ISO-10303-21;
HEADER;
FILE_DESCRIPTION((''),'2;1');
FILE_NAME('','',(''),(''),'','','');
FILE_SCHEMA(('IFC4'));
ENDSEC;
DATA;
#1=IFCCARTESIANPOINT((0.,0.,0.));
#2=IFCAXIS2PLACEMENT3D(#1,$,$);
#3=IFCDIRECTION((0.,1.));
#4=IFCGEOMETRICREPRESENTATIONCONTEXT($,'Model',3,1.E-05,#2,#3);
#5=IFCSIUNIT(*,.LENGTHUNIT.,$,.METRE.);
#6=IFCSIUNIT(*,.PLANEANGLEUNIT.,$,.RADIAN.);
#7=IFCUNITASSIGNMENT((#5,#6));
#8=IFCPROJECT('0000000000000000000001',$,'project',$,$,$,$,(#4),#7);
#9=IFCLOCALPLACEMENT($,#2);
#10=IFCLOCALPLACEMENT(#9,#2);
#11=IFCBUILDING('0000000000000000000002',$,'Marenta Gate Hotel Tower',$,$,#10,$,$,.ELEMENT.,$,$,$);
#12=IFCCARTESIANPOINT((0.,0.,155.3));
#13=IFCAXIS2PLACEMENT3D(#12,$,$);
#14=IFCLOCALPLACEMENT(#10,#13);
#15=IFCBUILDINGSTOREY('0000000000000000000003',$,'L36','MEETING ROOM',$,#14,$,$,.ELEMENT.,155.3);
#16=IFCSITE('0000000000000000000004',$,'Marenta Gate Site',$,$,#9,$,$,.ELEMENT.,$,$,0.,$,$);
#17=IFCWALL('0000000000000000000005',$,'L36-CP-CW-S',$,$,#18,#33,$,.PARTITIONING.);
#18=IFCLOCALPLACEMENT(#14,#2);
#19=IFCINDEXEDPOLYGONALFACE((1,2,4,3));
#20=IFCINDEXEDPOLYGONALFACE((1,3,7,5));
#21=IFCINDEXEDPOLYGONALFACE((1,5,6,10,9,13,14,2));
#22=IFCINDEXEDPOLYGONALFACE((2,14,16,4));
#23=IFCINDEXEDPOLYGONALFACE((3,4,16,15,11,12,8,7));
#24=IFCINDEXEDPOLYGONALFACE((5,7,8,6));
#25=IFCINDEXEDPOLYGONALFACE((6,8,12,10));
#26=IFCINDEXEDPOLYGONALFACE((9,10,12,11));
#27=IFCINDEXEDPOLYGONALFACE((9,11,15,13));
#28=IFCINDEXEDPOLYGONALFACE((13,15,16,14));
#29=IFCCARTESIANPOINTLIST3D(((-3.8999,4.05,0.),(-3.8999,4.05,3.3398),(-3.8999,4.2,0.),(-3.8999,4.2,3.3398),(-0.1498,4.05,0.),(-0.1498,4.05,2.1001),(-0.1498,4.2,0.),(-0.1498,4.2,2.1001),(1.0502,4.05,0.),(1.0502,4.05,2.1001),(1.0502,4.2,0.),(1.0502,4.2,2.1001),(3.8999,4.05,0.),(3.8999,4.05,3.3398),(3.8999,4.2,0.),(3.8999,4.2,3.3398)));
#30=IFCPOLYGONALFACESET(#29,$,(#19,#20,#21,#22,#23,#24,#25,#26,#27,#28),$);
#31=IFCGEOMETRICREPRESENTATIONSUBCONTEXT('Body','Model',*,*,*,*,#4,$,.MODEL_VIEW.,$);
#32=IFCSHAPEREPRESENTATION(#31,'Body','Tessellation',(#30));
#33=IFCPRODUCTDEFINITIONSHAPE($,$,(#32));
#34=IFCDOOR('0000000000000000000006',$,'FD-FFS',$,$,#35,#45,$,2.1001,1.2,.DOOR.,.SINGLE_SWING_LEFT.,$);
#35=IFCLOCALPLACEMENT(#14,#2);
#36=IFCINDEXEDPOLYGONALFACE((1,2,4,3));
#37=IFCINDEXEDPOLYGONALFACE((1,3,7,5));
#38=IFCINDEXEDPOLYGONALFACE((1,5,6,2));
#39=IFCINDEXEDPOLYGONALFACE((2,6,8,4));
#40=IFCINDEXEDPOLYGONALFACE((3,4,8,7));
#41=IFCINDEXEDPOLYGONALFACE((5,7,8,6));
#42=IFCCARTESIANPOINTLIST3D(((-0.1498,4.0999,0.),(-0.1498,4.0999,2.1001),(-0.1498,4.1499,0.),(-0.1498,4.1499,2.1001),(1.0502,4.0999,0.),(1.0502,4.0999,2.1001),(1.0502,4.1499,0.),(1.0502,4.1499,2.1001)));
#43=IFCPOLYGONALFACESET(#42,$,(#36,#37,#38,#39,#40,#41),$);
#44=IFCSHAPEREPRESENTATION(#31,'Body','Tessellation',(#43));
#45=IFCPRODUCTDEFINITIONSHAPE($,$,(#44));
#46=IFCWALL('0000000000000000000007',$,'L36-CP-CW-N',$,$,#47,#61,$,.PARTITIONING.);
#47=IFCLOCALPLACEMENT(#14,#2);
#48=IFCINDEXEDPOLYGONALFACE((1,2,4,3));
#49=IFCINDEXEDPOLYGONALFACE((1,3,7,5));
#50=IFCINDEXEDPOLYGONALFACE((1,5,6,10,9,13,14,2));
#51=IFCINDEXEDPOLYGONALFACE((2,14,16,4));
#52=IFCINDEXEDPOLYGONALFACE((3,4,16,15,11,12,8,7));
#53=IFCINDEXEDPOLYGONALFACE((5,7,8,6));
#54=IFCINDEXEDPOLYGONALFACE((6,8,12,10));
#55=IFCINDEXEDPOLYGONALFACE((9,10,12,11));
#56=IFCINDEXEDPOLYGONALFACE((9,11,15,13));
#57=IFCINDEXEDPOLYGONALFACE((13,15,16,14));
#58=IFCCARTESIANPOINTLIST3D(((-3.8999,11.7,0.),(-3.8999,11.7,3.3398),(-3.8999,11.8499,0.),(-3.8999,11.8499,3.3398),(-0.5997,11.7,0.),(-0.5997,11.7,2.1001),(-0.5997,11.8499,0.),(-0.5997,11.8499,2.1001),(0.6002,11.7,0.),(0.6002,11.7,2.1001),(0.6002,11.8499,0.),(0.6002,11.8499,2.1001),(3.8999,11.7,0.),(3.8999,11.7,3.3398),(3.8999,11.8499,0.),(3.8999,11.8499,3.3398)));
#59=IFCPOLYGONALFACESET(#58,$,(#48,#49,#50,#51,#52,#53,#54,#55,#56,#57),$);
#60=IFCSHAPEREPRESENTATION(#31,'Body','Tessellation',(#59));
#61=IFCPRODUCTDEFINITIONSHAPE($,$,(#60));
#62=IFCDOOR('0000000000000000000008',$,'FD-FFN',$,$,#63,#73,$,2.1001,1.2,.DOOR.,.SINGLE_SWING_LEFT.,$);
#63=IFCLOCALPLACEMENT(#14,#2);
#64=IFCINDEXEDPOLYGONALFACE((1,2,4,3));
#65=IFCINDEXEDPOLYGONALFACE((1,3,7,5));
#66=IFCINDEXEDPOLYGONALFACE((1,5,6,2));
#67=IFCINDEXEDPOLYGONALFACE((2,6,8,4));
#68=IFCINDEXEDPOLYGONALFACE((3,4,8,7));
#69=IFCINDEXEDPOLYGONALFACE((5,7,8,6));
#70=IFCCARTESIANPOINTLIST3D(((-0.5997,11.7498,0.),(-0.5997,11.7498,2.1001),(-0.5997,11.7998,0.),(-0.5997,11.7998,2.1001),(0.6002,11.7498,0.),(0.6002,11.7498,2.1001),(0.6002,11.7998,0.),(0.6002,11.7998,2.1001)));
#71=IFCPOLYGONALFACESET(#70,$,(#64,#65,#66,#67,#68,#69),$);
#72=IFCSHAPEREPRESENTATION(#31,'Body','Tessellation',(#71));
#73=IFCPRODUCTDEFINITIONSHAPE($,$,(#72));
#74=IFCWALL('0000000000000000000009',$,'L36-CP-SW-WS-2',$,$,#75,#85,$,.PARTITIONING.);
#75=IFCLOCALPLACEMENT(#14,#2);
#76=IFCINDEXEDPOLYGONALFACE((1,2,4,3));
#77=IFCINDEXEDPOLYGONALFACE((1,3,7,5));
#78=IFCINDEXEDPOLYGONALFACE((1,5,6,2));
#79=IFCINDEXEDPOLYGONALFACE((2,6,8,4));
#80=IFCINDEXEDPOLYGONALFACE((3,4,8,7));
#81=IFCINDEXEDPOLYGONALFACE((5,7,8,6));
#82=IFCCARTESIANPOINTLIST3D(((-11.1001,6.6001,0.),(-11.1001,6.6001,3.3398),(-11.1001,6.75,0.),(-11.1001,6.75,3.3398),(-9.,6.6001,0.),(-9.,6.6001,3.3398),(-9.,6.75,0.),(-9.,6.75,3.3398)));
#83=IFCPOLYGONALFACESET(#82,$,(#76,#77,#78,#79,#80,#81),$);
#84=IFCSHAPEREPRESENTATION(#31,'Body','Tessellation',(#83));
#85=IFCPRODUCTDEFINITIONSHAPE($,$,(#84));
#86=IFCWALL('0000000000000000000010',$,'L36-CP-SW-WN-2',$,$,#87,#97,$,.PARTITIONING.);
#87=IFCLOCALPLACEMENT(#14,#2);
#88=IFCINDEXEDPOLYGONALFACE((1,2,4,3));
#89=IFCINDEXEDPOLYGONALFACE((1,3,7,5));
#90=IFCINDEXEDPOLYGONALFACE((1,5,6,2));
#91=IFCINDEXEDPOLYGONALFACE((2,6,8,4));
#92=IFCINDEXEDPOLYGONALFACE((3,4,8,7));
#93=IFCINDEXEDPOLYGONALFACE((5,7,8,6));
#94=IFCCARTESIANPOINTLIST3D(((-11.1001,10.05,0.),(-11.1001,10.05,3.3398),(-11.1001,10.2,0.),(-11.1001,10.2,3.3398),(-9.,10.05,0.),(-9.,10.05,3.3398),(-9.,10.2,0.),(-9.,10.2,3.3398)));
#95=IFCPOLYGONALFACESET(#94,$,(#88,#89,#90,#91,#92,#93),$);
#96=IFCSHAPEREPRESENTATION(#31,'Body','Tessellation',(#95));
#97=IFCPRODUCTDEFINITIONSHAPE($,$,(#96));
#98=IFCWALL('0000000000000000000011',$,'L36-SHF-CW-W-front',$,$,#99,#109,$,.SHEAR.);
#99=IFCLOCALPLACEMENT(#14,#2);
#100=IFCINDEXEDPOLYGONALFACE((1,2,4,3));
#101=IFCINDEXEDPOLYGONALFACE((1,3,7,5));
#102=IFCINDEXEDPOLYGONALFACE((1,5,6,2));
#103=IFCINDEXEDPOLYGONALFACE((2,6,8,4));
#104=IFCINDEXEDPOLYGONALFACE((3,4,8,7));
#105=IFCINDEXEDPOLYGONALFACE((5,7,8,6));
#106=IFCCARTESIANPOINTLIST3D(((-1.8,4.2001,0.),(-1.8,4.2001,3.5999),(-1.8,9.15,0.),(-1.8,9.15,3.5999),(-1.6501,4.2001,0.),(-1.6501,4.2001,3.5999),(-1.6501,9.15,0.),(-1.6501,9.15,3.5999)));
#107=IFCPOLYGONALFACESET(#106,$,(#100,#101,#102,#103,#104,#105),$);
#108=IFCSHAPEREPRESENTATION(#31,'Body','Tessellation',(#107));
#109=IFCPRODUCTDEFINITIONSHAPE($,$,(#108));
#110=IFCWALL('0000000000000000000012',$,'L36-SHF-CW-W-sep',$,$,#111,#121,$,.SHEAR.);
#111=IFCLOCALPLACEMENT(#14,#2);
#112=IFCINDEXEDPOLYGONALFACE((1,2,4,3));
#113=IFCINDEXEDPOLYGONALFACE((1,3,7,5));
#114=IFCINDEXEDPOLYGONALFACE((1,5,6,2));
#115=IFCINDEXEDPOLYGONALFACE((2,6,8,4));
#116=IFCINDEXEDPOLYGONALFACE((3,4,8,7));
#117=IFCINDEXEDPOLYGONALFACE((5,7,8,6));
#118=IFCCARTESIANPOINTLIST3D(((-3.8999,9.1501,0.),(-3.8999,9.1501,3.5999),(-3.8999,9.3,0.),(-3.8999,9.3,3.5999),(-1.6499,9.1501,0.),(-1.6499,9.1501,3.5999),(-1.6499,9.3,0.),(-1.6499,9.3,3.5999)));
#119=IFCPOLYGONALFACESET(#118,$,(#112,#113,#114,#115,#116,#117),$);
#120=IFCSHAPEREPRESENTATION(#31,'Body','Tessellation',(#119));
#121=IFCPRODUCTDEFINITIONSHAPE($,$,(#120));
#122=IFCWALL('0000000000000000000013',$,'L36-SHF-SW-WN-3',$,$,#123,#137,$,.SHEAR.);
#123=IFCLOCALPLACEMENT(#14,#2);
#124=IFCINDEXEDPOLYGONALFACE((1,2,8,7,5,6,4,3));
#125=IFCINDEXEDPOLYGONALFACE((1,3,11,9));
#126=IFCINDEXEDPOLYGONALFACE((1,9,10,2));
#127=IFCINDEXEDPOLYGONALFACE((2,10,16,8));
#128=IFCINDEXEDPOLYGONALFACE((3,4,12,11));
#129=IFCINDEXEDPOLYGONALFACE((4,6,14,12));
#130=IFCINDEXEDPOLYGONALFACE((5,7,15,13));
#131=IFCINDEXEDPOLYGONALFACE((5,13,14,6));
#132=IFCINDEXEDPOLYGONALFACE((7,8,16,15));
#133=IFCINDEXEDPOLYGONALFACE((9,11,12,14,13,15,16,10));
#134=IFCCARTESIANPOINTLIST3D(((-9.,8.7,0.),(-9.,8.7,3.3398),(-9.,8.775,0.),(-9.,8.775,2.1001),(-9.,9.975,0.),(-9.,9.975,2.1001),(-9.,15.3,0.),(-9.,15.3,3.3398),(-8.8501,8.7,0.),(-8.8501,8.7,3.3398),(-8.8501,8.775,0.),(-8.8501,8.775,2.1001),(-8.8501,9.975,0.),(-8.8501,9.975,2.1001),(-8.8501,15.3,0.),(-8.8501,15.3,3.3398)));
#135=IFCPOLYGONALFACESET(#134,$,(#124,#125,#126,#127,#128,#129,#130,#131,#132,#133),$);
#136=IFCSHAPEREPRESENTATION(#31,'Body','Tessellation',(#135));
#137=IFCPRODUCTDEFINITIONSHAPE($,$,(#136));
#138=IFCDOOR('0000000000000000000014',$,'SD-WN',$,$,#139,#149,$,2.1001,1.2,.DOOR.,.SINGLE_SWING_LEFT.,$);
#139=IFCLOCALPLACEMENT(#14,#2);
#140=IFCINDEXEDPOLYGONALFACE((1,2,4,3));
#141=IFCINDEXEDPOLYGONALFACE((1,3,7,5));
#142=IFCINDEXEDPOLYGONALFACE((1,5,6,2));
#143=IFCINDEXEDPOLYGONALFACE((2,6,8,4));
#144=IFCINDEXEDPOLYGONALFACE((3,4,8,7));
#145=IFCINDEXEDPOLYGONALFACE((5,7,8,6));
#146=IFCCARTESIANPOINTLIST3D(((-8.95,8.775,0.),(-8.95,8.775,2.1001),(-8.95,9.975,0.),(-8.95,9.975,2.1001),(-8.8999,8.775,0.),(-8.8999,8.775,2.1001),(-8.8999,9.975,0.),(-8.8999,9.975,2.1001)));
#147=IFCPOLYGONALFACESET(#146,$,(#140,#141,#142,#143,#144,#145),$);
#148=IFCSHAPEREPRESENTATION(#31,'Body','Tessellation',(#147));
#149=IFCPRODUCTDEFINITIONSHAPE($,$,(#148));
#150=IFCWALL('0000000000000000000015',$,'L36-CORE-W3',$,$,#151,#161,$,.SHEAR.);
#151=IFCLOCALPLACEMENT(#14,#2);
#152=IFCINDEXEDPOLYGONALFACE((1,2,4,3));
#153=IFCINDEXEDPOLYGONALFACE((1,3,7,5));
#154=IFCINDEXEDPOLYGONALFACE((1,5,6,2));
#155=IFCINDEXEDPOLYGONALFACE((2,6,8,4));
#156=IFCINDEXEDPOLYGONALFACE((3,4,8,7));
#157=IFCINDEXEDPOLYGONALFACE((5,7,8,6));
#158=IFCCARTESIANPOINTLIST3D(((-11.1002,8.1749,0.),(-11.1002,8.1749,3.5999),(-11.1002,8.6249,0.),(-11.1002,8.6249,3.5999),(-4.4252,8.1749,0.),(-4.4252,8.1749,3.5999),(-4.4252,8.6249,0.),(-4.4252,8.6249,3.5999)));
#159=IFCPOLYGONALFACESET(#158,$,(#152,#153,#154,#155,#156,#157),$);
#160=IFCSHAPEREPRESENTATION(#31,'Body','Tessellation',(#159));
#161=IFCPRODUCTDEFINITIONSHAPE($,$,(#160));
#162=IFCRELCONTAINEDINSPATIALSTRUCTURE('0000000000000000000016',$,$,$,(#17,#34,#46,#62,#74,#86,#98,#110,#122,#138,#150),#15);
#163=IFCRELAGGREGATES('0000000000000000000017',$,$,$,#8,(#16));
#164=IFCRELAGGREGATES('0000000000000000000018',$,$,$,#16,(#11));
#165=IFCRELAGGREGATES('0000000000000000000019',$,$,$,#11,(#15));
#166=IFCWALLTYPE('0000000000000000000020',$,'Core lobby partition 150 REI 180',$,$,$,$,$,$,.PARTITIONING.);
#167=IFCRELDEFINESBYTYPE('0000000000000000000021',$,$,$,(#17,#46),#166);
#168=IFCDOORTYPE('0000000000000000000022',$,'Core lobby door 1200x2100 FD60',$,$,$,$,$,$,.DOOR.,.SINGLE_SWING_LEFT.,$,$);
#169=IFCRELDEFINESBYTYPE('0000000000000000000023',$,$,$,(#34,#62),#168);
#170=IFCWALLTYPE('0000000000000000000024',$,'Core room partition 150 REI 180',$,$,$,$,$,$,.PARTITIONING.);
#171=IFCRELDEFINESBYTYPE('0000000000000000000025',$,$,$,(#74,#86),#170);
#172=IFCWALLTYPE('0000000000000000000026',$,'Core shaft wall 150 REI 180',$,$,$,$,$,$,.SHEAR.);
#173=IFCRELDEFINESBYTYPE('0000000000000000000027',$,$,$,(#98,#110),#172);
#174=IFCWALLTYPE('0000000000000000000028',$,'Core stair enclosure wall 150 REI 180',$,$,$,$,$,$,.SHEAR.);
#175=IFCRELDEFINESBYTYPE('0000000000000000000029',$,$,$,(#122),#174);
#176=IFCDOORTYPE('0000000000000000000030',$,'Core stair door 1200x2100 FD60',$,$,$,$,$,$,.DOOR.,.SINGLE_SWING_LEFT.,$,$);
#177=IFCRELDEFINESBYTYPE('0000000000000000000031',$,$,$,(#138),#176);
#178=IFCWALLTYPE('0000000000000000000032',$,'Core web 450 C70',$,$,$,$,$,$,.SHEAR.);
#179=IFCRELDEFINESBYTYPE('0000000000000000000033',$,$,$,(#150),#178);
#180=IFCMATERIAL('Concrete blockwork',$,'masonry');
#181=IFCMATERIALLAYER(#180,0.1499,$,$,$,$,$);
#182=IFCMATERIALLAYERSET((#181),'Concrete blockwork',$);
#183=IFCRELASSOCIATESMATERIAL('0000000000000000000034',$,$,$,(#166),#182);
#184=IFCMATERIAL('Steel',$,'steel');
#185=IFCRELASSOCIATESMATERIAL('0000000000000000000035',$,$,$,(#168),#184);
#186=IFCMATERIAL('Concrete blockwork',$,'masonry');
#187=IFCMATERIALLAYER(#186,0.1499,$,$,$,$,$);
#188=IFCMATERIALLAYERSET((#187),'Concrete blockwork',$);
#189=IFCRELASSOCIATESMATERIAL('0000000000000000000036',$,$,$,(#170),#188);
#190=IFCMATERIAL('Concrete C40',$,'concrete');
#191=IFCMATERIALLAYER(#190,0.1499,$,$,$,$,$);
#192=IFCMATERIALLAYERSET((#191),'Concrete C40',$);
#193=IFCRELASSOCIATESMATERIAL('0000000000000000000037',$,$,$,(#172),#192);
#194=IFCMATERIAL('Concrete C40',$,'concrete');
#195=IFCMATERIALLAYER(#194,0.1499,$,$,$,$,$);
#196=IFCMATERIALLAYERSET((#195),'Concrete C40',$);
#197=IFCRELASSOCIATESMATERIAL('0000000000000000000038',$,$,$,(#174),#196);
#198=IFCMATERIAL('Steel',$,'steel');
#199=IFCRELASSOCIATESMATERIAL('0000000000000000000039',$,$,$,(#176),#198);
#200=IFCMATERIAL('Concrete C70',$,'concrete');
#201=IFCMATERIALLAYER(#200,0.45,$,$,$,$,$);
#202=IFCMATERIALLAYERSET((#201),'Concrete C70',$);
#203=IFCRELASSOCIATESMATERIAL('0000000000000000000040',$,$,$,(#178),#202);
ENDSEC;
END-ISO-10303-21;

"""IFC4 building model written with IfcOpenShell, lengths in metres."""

from ifc_helpers import new_model, si_unit, direction, frame, frame_2d, origin, place, context, subcontext, project, spatial, rectangle, extrude, material, layer, layer_set, type_object, element, fill, save


model = new_model("IFC4")

# Units and contexts
model_context = context("Model", 3, precision=1e-05, world=origin(), true_north=direction((0.0, 1.0)))
body_context = subcontext(model_context, "Body", "Model", "MODEL_VIEW")
ifc_project = project(units=[si_unit("LENGTHUNIT", "METRE"), si_unit("PLANEANGLEUNIT", "RADIAN")], contexts=[model_context])

# Site, building, storey
site_placement = place(None, origin())
site = spatial("IfcSite", under=ifc_project, at=site_placement, Name="Marenta Gate Site", CompositionType="ELEMENT", RefElevation=0.0)
building_placement = place(site_placement, origin())
building = spatial("IfcBuilding", under=site, at=building_placement, Name="Marenta Gate Hotel Tower", CompositionType="ELEMENT")
storey_placement = place(building_placement, frame((0.0, 0.0, 155.3)))
storey = spatial("IfcBuildingStorey", under=building, at=storey_placement, Name="L36", Description="MEETING ROOM", CompositionType="ELEMENT", Elevation=155.3)

# Walls, openings, doors
ifc_material_1 = material(Name="Concrete blockwork", Category="masonry")
ifc_layer_1 = layer(ifc_material_1, 0.1499)
ifc_layer_set_1 = layer_set([ifc_layer_1], Name="Concrete blockwork")
wall_type_1 = type_object("IfcWallType", Name="Core lobby partition 150 REI 180", PredefinedType="PARTITIONING", material=ifc_layer_set_1)
wall_1_placement = place(storey_placement, frame((-3.8999, 4.125, 0.0), z_axis=(0.0, 0.0, 1.0), x_axis=(1.0, 0.0, 0.0)))
wall_1 = element("IfcWall", 1, at=wall_1_placement, inside=storey, type_object=wall_type_1, Name="L36-CP-CW-S", PredefinedType="PARTITIONING", context=body_context, shape_type="SweptSolid", body=[
    extrude(rectangle(XDim=7.7998, YDim=0.1499, at=frame_2d((3.8999, 0.0))), origin(), (0.0, 0.0, 1.0), 3.3398),
])
opening_1_placement = place(wall_1_placement, frame((3.75, 0.0, 0.0)))
opening_1 = element("IfcOpeningElement", 2, at=opening_1_placement, cuts=wall_1, PredefinedType="OPENING", context=body_context, shape_type="SweptSolid", body=[
    extrude(rectangle(XDim=1.2, YDim=2.1001, at=frame_2d((0.6001, 1.05))), frame((0.0, 0.075, 0.0), z_axis=(0.0, -1.0, 0.0), x_axis=(1.0, 0.0, 0.0)), (0.0, 0.0, 1.0), 0.1499),
])
ifc_material_2 = material(Name="Steel", Category="steel")
door_type_1 = type_object("IfcDoorType", Name="Core lobby door 1200x2100 FD60", OperationType="SINGLE_SWING_LEFT", PredefinedType="DOOR", material=ifc_material_2)
door_1_placement = place(opening_1_placement, origin())
door_1 = element("IfcDoor", 3, at=door_1_placement, inside=storey, type_object=door_type_1, Name="FD-FFS", OperationType="SINGLE_SWING_LEFT", OverallHeight=2.1001, OverallWidth=1.2, PredefinedType="DOOR", context=body_context, shape_type="SweptSolid", body=[
    extrude(rectangle(XDim=1.2, YDim=2.1001, at=frame_2d((0.6001, 1.05))), frame((0.0, 0.0249, 0.0), z_axis=(0.0, -1.0, 0.0), x_axis=(1.0, 0.0, 0.0)), (0.0, 0.0, 1.0), 0.05),
])
fill(opening_1, door_1)
wall_2_placement = place(storey_placement, frame((-3.8999, 11.7749, 0.0), z_axis=(0.0, 0.0, 1.0), x_axis=(1.0, 0.0, 0.0)))
wall_2 = element("IfcWall", 4, at=wall_2_placement, inside=storey, type_object=wall_type_1, Name="L36-CP-CW-N", PredefinedType="PARTITIONING", context=body_context, shape_type="SweptSolid", body=[
    extrude(rectangle(XDim=7.7998, YDim=0.1499, at=frame_2d((3.8999, 0.0))), origin(), (0.0, 0.0, 1.0), 3.3398),
])
opening_2_placement = place(wall_2_placement, frame((3.3, 0.0, 0.0)))
opening_2 = element("IfcOpeningElement", 5, at=opening_2_placement, cuts=wall_2, PredefinedType="OPENING", context=body_context, shape_type="SweptSolid", body=[
    extrude(rectangle(XDim=1.2, YDim=2.1001, at=frame_2d((0.6001, 1.05))), frame((0.0, 0.075, 0.0), z_axis=(0.0, -1.0, 0.0), x_axis=(1.0, 0.0, 0.0)), (0.0, 0.0, 1.0), 0.1499),
])
door_2_placement = place(opening_2_placement, origin())
door_2 = element("IfcDoor", 6, at=door_2_placement, inside=storey, type_object=door_type_1, Name="FD-FFN", OperationType="SINGLE_SWING_LEFT", OverallHeight=2.1001, OverallWidth=1.2, PredefinedType="DOOR", context=body_context, shape_type="SweptSolid", body=[
    extrude(rectangle(XDim=1.2, YDim=2.1001, at=frame_2d((0.6001, 1.05))), frame((0.0, 0.0249, 0.0), z_axis=(0.0, -1.0, 0.0), x_axis=(1.0, 0.0, 0.0)), (0.0, 0.0, 1.0), 0.05),
])
fill(opening_2, door_2)

# Walls
ifc_material_3 = material(Name="Concrete blockwork", Category="masonry")
ifc_layer_2 = layer(ifc_material_3, 0.1499)
ifc_layer_set_2 = layer_set([ifc_layer_2], Name="Concrete blockwork")
wall_type_2 = type_object("IfcWallType", Name="Core room partition 150 REI 180", PredefinedType="PARTITIONING", material=ifc_layer_set_2)
for number, where, z_axis, x_axis, name in (
    (7, (-11.1001, 6.675, 0.0), (0.0, 0.0, 1.0), (1.0, 0.0, 0.0), "L36-CP-SW-WS-2"),
    (8, (-11.1001, 10.125, 0.0), (0.0, 0.0, 1.0), (1.0, 0.0, 0.0), "L36-CP-SW-WN-2"),
):
    element("IfcWall", number, at=place(storey_placement, frame(where, z_axis=z_axis, x_axis=x_axis)), inside=storey, type_object=wall_type_2, Name=name, PredefinedType="PARTITIONING", context=body_context, shape_type="SweptSolid", body=[
        extrude(rectangle(XDim=2.1001, YDim=0.1499, at=frame_2d((1.05, 0.0))), origin(), (0.0, 0.0, 1.0), 3.3398),
    ])
ifc_material_4 = material(Name="Concrete C40", Category="concrete")
ifc_layer_3 = layer(ifc_material_4, 0.1499)
ifc_layer_set_3 = layer_set([ifc_layer_3], Name="Concrete C40")
wall_type_3 = type_object("IfcWallType", Name="Core shaft wall 150 REI 180", PredefinedType="SHEAR", material=ifc_layer_set_3)
wall_3_placement = place(storey_placement, frame((-1.7251, 4.2, 0.0), z_axis=(0.0, 0.0, 1.0), x_axis=(0.0, 1.0, 0.0)))
element("IfcWall", 9, at=wall_3_placement, inside=storey, type_object=wall_type_3, Name="L36-SHF-CW-W-front", PredefinedType="SHEAR", context=body_context, shape_type="SweptSolid", body=[
    extrude(rectangle(XDim=4.95, YDim=0.1499, at=frame_2d((2.4751, 0.0))), origin(), (0.0, 0.0, 1.0), 3.5999),
])
wall_4_placement = place(storey_placement, frame((-3.8999, 9.2251, 0.0), z_axis=(0.0, 0.0, 1.0), x_axis=(1.0, 0.0, 0.0)))
element("IfcWall", 10, at=wall_4_placement, inside=storey, type_object=wall_type_3, Name="L36-SHF-CW-W-sep", PredefinedType="SHEAR", context=body_context, shape_type="SweptSolid", body=[
    extrude(rectangle(XDim=2.25, YDim=0.1499, at=frame_2d((1.125, 0.0))), origin(), (0.0, 0.0, 1.0), 3.5999),
])

# Wall, opening, door
ifc_material_5 = material(Name="Concrete C40", Category="concrete")
ifc_layer_4 = layer(ifc_material_5, 0.1499)
ifc_layer_set_4 = layer_set([ifc_layer_4], Name="Concrete C40")
wall_type_4 = type_object("IfcWallType", Name="Core stair enclosure wall 150 REI 180", PredefinedType="SHEAR", material=ifc_layer_set_4)
wall_5_placement = place(storey_placement, frame((-8.925, 8.7, 0.0), z_axis=(0.0, 0.0, 1.0), x_axis=(0.0, 1.0, 0.0)))
wall_5 = element("IfcWall", 11, at=wall_5_placement, inside=storey, type_object=wall_type_4, Name="L36-SHF-SW-WN-3", PredefinedType="SHEAR", context=body_context, shape_type="SweptSolid", body=[
    extrude(rectangle(XDim=6.6001, YDim=0.1499, at=frame_2d((3.3, 0.0))), origin(), (0.0, 0.0, 1.0), 3.3398),
])
opening_3_placement = place(wall_5_placement, frame((0.075, 0.0, 0.0)))
opening_3 = element("IfcOpeningElement", 12, at=opening_3_placement, cuts=wall_5, PredefinedType="OPENING", context=body_context, shape_type="SweptSolid", body=[
    extrude(rectangle(XDim=1.2, YDim=2.1001, at=frame_2d((0.6001, 1.05))), frame((0.0, 0.075, 0.0), z_axis=(0.0, -1.0, 0.0), x_axis=(1.0, 0.0, 0.0)), (0.0, 0.0, 1.0), 0.1499),
])
ifc_material_6 = material(Name="Steel", Category="steel")
door_type_2 = type_object("IfcDoorType", Name="Core stair door 1200x2100 FD60", OperationType="SINGLE_SWING_LEFT", PredefinedType="DOOR", material=ifc_material_6)
door_3_placement = place(opening_3_placement, origin())
door_3 = element("IfcDoor", 13, at=door_3_placement, inside=storey, type_object=door_type_2, Name="SD-WN", OperationType="SINGLE_SWING_LEFT", OverallHeight=2.1001, OverallWidth=1.2, PredefinedType="DOOR", context=body_context, shape_type="SweptSolid", body=[
    extrude(rectangle(XDim=1.2, YDim=2.1001, at=frame_2d((0.6001, 1.05))), frame((0.0, 0.0249, 0.0), z_axis=(0.0, -1.0, 0.0), x_axis=(1.0, 0.0, 0.0)), (0.0, 0.0, 1.0), 0.05),
])
fill(opening_3, door_3)

# Wall
ifc_material_7 = material(Name="Concrete C70", Category="concrete")
ifc_layer_5 = layer(ifc_material_7, 0.45)
ifc_layer_set_5 = layer_set([ifc_layer_5], Name="Concrete C70")
wall_type_5 = type_object("IfcWallType", Name="Core web 450 C70", PredefinedType="SHEAR", material=ifc_layer_set_5)
wall_6_placement = place(storey_placement, frame((-11.1001, 8.3999, 0.0), z_axis=(0.0, 0.0, 1.0), x_axis=(1.0, 0.0, 0.0)))
element("IfcWall", 14, at=wall_6_placement, inside=storey, type_object=wall_type_5, Name="L36-CORE-W3", PredefinedType="SHEAR", context=body_context, shape_type="SweptSolid", body=[
    extrude(rectangle(XDim=6.675, YDim=0.45, at=frame_2d((3.3374, 0.0))), origin(), (0.0, 0.0, 1.0), 3.5999),
])

save(model, "model.ifc")
